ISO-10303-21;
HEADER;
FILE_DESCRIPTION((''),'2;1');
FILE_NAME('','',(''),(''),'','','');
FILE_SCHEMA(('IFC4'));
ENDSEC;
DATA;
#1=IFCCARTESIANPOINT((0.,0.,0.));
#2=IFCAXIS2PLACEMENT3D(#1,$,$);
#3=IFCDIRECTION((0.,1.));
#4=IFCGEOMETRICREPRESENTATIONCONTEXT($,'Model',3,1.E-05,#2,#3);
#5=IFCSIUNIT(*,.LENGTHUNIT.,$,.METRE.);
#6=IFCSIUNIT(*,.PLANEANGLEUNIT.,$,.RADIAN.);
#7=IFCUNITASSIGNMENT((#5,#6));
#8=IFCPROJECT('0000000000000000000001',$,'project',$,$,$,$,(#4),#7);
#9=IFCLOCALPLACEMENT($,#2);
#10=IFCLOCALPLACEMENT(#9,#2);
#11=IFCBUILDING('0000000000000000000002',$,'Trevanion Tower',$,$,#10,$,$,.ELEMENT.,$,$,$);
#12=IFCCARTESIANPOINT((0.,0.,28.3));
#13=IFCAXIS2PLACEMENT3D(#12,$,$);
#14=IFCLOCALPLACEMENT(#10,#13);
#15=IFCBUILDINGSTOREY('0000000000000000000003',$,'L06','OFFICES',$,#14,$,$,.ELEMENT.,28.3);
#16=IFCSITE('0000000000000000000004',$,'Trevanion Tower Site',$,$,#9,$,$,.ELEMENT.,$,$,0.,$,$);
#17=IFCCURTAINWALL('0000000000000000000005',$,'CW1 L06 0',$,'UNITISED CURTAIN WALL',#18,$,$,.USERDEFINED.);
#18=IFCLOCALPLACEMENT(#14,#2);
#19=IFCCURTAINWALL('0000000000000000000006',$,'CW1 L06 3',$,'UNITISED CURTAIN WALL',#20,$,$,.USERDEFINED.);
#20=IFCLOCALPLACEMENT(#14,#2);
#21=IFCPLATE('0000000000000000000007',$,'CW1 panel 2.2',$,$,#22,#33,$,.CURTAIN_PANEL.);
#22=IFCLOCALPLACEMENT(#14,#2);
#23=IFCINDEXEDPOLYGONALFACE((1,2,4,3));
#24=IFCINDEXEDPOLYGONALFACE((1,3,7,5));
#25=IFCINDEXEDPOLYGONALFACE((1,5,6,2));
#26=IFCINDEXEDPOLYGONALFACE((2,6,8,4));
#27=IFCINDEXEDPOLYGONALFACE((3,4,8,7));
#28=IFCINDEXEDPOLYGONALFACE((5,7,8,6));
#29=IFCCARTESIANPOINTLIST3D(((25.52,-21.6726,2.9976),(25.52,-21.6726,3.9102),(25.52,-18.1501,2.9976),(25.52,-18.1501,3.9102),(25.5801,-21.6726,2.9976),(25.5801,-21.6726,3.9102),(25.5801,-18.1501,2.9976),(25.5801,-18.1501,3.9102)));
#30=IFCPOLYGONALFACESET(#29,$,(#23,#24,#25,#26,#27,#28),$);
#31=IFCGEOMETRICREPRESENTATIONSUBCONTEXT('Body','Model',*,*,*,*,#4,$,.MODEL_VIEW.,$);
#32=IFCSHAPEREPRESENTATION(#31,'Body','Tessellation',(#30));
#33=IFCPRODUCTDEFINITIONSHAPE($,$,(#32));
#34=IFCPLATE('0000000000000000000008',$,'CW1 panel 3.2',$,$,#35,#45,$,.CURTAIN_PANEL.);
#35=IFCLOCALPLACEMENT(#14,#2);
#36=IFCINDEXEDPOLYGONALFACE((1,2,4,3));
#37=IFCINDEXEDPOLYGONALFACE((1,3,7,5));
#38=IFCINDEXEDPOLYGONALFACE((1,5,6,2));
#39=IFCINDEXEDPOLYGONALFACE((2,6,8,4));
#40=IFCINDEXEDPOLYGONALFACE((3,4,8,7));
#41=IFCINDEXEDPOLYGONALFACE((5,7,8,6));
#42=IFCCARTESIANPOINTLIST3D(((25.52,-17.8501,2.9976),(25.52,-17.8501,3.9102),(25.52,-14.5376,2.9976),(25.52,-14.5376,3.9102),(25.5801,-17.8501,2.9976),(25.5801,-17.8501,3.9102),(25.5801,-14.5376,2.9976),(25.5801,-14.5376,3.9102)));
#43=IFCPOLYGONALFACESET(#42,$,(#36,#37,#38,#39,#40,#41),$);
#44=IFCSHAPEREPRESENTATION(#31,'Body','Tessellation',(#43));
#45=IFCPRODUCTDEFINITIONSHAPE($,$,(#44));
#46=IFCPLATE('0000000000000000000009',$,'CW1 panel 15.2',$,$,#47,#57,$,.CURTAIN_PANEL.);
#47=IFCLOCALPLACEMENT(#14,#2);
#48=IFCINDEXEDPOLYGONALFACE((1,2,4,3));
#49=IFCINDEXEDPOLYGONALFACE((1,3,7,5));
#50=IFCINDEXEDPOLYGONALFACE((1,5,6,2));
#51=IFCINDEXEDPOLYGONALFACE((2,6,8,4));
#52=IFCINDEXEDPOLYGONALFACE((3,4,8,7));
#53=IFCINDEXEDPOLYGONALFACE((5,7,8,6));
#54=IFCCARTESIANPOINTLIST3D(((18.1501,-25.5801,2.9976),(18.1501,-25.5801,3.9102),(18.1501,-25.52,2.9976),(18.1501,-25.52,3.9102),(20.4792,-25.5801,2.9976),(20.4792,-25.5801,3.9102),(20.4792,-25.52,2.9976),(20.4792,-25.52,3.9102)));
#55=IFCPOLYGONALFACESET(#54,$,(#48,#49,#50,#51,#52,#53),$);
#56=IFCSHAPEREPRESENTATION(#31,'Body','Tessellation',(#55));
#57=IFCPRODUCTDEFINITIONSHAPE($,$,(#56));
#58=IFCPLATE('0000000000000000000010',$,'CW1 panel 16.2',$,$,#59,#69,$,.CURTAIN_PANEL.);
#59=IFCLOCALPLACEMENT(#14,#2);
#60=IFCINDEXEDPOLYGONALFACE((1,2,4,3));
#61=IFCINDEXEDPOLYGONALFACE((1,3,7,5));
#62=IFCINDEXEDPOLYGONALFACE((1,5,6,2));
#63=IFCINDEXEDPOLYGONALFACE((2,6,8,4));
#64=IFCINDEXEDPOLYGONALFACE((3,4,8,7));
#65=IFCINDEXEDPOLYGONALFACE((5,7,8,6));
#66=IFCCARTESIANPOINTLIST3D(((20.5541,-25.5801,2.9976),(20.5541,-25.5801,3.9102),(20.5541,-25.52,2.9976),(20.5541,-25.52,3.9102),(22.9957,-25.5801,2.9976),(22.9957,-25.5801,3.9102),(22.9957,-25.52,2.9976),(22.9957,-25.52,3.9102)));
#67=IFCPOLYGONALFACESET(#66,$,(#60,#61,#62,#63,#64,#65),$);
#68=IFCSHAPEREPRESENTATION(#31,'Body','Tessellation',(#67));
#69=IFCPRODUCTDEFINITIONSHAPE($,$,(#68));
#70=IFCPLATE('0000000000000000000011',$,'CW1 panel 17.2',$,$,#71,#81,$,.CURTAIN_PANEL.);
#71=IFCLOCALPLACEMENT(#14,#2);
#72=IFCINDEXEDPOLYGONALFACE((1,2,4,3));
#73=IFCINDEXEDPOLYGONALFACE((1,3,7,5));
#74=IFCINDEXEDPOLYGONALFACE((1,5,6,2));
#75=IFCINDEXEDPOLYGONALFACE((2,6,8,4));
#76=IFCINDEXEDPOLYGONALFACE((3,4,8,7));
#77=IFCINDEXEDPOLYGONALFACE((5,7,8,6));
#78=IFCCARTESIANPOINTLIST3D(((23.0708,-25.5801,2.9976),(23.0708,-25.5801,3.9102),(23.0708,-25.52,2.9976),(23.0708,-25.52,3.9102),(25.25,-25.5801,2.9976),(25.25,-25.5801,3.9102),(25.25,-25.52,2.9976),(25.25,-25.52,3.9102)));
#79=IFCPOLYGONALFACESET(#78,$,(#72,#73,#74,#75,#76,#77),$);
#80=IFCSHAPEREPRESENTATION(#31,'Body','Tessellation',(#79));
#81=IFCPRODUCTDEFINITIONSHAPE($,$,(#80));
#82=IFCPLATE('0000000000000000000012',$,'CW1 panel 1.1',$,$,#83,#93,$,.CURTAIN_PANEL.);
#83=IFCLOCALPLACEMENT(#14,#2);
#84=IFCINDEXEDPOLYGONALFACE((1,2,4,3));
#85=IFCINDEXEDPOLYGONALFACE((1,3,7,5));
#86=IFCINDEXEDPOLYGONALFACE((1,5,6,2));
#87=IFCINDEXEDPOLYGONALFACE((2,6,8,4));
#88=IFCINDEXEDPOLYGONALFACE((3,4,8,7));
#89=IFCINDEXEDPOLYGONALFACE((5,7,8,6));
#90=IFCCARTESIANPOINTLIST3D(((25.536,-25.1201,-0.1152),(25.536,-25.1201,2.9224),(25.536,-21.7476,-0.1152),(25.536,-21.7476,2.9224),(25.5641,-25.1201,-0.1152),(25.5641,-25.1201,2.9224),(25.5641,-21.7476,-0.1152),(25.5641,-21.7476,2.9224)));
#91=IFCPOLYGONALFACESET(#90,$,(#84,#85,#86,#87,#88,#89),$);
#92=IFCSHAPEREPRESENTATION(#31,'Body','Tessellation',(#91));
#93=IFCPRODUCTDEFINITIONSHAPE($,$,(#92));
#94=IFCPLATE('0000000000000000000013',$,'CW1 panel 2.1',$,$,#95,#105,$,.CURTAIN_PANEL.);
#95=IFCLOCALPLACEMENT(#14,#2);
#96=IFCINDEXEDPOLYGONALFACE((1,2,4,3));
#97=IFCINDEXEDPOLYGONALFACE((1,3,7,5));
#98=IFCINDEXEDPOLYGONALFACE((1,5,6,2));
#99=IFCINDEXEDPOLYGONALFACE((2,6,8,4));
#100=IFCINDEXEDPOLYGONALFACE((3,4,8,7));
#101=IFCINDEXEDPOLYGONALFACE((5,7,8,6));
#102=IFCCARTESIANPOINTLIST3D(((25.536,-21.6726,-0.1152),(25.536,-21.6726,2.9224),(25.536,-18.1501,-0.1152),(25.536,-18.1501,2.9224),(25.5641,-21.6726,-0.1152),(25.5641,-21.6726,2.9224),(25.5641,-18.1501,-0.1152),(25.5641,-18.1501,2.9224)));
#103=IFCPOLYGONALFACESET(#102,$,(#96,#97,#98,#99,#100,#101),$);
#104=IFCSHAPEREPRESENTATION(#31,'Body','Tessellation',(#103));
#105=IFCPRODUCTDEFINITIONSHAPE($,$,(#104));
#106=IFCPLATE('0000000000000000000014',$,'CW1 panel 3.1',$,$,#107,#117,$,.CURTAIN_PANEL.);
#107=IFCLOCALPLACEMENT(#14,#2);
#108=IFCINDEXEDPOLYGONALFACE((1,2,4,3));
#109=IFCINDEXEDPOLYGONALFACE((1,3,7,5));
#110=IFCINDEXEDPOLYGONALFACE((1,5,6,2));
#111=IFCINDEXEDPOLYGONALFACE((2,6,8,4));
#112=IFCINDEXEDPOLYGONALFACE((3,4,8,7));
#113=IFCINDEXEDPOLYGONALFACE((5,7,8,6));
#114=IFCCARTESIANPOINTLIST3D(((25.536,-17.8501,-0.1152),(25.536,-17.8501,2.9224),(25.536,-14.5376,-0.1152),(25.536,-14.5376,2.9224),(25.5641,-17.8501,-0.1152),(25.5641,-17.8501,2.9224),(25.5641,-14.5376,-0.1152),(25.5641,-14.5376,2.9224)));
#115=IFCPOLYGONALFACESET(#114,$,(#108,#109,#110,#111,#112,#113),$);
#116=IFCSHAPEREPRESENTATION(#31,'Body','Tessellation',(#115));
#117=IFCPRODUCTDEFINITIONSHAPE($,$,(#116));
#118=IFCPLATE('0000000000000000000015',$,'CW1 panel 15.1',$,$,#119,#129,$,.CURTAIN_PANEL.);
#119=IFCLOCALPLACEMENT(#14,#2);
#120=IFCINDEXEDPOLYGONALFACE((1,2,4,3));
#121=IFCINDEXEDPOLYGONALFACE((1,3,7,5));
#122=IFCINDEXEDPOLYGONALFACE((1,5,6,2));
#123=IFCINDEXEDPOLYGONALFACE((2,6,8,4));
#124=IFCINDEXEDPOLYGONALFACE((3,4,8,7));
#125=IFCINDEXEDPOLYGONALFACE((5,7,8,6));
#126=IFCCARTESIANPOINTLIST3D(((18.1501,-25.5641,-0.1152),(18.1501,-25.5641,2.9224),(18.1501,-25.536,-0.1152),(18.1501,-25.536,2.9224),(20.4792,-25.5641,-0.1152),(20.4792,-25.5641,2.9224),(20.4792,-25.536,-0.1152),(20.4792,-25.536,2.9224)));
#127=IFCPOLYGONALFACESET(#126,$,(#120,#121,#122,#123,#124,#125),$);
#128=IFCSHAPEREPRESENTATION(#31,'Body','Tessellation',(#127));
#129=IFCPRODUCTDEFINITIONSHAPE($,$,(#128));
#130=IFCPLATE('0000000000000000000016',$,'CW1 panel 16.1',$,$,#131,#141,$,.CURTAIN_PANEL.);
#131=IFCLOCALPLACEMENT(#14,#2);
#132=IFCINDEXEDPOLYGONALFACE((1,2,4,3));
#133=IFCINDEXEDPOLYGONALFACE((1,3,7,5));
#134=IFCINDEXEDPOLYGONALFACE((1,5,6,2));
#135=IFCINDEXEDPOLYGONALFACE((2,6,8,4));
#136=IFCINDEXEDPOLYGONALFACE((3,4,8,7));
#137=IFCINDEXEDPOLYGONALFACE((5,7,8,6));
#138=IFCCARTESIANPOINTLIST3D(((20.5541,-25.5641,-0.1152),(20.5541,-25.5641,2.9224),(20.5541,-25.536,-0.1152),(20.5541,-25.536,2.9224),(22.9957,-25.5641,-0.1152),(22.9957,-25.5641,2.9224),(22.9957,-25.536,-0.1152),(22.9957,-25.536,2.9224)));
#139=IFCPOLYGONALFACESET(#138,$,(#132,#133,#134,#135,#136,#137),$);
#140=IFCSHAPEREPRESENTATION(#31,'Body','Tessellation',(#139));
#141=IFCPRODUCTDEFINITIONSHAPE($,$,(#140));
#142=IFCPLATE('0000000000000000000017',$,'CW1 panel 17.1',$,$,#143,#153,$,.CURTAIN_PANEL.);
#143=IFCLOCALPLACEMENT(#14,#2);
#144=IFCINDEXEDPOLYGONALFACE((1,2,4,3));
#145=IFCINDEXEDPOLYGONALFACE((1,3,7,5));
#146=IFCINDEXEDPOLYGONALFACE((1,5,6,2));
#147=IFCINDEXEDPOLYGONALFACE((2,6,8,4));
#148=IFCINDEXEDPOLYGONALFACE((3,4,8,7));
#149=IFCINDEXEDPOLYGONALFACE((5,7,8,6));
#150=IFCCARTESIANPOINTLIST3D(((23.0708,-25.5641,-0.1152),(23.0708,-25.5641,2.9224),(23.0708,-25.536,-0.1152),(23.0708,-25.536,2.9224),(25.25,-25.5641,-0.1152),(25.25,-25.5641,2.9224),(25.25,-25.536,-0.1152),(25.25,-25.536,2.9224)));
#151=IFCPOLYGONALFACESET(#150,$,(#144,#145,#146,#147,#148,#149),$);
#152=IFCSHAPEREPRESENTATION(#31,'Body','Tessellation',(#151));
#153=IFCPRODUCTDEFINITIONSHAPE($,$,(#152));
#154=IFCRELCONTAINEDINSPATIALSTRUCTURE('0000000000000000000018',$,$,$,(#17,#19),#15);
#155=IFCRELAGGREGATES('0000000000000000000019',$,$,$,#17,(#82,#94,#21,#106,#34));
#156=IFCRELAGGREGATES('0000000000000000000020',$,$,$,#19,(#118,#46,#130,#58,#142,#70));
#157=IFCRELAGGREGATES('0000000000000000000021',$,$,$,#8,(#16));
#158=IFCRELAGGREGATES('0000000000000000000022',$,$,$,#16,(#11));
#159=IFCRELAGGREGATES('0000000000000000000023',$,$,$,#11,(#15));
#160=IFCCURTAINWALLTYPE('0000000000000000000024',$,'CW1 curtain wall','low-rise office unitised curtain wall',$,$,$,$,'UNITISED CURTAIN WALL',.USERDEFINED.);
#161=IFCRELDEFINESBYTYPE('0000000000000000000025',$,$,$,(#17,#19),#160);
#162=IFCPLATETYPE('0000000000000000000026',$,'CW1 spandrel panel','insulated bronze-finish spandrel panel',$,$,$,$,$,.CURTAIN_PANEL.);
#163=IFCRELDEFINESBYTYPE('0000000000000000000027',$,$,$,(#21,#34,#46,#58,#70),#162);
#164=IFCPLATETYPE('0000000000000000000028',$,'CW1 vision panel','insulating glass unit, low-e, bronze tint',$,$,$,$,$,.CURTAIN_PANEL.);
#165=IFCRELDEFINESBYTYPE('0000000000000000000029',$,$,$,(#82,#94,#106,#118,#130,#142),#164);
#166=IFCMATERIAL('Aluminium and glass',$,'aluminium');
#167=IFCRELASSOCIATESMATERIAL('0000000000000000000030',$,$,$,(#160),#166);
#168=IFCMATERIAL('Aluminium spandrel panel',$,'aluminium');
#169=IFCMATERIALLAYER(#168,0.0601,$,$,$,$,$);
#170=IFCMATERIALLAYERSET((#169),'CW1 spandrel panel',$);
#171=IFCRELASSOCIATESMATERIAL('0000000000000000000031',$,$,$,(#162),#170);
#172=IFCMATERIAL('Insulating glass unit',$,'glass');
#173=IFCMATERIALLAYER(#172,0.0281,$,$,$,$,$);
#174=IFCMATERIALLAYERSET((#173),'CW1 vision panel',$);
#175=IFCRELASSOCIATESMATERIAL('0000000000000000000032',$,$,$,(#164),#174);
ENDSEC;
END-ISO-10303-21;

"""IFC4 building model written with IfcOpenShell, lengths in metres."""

from ifc_helpers import new_model, si_unit, direction, frame, origin, origin_2d, place, context, subcontext, project, spatial, rectangle, extrude, material, layer, layer_set, type_object, element, aggregate, save


model = new_model("IFC4")

# Units and contexts
model_context = context("Model", 3, precision=1e-05, world=origin(), true_north=direction((0.0, 1.0)))
body_context = subcontext(model_context, "Body", "Model", "MODEL_VIEW")
ifc_project = project(units=[si_unit("LENGTHUNIT", "METRE"), si_unit("PLANEANGLEUNIT", "RADIAN")], contexts=[model_context])

# Site, building, storey
site_placement = place(None, origin())
site = spatial("IfcSite", under=ifc_project, at=site_placement, Name="Trevanion Tower Site", CompositionType="ELEMENT", RefElevation=0.0)
building_placement = place(site_placement, origin())
building = spatial("IfcBuilding", under=site, at=building_placement, Name="Trevanion Tower", CompositionType="ELEMENT")
storey_placement = place(building_placement, frame((0.0, 0.0, 28.3)))
storey = spatial("IfcBuildingStorey", under=building, at=storey_placement, Name="L06", Description="OFFICES", CompositionType="ELEMENT", Elevation=28.3)

# Curtain wall
ifc_material_1 = material(Name="Aluminium and glass", Category="aluminium")
curtain_wall_type = type_object("IfcCurtainWallType", Name="CW1 curtain wall", Description="low-rise office unitised curtain wall", ElementType="UNITISED CURTAIN WALL", PredefinedType="USERDEFINED", material=ifc_material_1)
curtain_wall_1_placement = place(storey_placement, origin())
curtain_wall_1 = element("IfcCurtainWall", 1, at=curtain_wall_1_placement, inside=storey, type_object=curtain_wall_type, Name="CW1 L06 0", ObjectType="UNITISED CURTAIN WALL", PredefinedType="USERDEFINED")

# Curtain wall
curtain_wall_2_placement = place(storey_placement, origin())
curtain_wall_2 = element("IfcCurtainWall", 2, at=curtain_wall_2_placement, inside=storey, type_object=curtain_wall_type, Name="CW1 L06 3", ObjectType="UNITISED CURTAIN WALL", PredefinedType="USERDEFINED")

# Plates
ifc_material_2 = material(Name="Aluminium spandrel panel", Category="aluminium")
ifc_layer_1 = layer(ifc_material_2, 0.0601)
ifc_layer_set_1 = layer_set([ifc_layer_1], Name="CW1 spandrel panel")
plate_type_1 = type_object("IfcPlateType", Name="CW1 spandrel panel", Description="insulated bronze-finish spandrel panel", PredefinedType="CURTAIN_PANEL", material=ifc_layer_set_1)
plate_1_placement = place(storey_placement, frame((25.55, -19.9114, 2.9976), z_axis=(0.0, 0.0, 1.0), x_axis=(0.0, 1.0, 0.0)))
plate_1 = element("IfcPlate", 3, at=plate_1_placement, type_object=plate_type_1, Name="CW1 panel 2.2", PredefinedType="CURTAIN_PANEL", context=body_context, shape_type="SweptSolid", body=[
    extrude(rectangle(XDim=3.5225, YDim=0.0601, at=origin_2d()), origin(), (0.0, 0.0, 1.0), 0.9126),
])
plate_2_placement = place(storey_placement, frame((25.55, -16.1938, 2.9976), z_axis=(0.0, 0.0, 1.0), x_axis=(0.0, 1.0, 0.0)))
plate_2 = element("IfcPlate", 4, at=plate_2_placement, type_object=plate_type_1, Name="CW1 panel 3.2", PredefinedType="CURTAIN_PANEL", context=body_context, shape_type="SweptSolid", body=[
    extrude(rectangle(XDim=3.3125, YDim=0.0601, at=origin_2d()), origin(), (0.0, 0.0, 1.0), 0.9126),
])
plate_3_placement = place(storey_placement, frame((19.3147, -25.55, 2.9976), z_axis=(0.0, 0.0, 1.0), x_axis=(1.0, 0.0, 0.0)))
plate_3 = element("IfcPlate", 5, at=plate_3_placement, type_object=plate_type_1, Name="CW1 panel 15.2", PredefinedType="CURTAIN_PANEL", context=body_context, shape_type="SweptSolid", body=[
    extrude(rectangle(XDim=2.3291, YDim=0.0601, at=origin_2d()), origin(), (0.0, 0.0, 1.0), 0.9126),
])
plate_4_placement = place(storey_placement, frame((21.7749, -25.55, 2.9976), z_axis=(0.0, 0.0, 1.0), x_axis=(1.0, 0.0, 0.0)))
plate_4 = element("IfcPlate", 6, at=plate_4_placement, type_object=plate_type_1, Name="CW1 panel 16.2", PredefinedType="CURTAIN_PANEL", context=body_context, shape_type="SweptSolid", body=[
    extrude(rectangle(XDim=2.4417, YDim=0.0601, at=origin_2d()), origin(), (0.0, 0.0, 1.0), 0.9126),
])
plate_5_placement = place(storey_placement, frame((24.1604, -25.55, 2.9976), z_axis=(0.0, 0.0, 1.0), x_axis=(1.0, 0.0, 0.0)))
plate_5 = element("IfcPlate", 7, at=plate_5_placement, type_object=plate_type_1, Name="CW1 panel 17.2", PredefinedType="CURTAIN_PANEL", context=body_context, shape_type="SweptSolid", body=[
    extrude(rectangle(XDim=2.1792, YDim=0.0601, at=origin_2d()), origin(), (0.0, 0.0, 1.0), 0.9126),
])
ifc_material_3 = material(Name="Insulating glass unit", Category="glass")
ifc_layer_2 = layer(ifc_material_3, 0.0281)
ifc_layer_set_2 = layer_set([ifc_layer_2], Name="CW1 vision panel")
plate_type_2 = type_object("IfcPlateType", Name="CW1 vision panel", Description="insulating glass unit, low-e, bronze tint", PredefinedType="CURTAIN_PANEL", material=ifc_layer_set_2)
plate_6_placement = place(storey_placement, frame((25.55, -23.4338, -0.1152), z_axis=(0.0, 0.0, 1.0), x_axis=(0.0, 1.0, 0.0)))
plate_6 = element("IfcPlate", 8, at=plate_6_placement, type_object=plate_type_2, Name="CW1 panel 1.1", PredefinedType="CURTAIN_PANEL", context=body_context, shape_type="SweptSolid", body=[
    extrude(rectangle(XDim=3.3726, YDim=0.0281, at=origin_2d()), origin(), (0.0, 0.0, 1.0), 3.0376),
])
plate_7_placement = place(storey_placement, frame((25.55, -19.9114, -0.1152), z_axis=(0.0, 0.0, 1.0), x_axis=(0.0, 1.0, 0.0)))
plate_7 = element("IfcPlate", 9, at=plate_7_placement, type_object=plate_type_2, Name="CW1 panel 2.1", PredefinedType="CURTAIN_PANEL", context=body_context, shape_type="SweptSolid", body=[
    extrude(rectangle(XDim=3.5225, YDim=0.0281, at=origin_2d()), origin(), (0.0, 0.0, 1.0), 3.0376),
])
plate_8_placement = place(storey_placement, frame((25.55, -16.1938, -0.1152), z_axis=(0.0, 0.0, 1.0), x_axis=(0.0, 1.0, 0.0)))
plate_8 = element("IfcPlate", 10, at=plate_8_placement, type_object=plate_type_2, Name="CW1 panel 3.1", PredefinedType="CURTAIN_PANEL", context=body_context, shape_type="SweptSolid", body=[
    extrude(rectangle(XDim=3.3125, YDim=0.0281, at=origin_2d()), origin(), (0.0, 0.0, 1.0), 3.0376),
])
aggregate(curtain_wall_1, [plate_6, plate_7, plate_1, plate_8, plate_2])
plate_9_placement = place(storey_placement, frame((19.3147, -25.55, -0.1152), z_axis=(0.0, 0.0, 1.0), x_axis=(1.0, 0.0, 0.0)))
plate_9 = element("IfcPlate", 11, at=plate_9_placement, type_object=plate_type_2, Name="CW1 panel 15.1", PredefinedType="CURTAIN_PANEL", context=body_context, shape_type="SweptSolid", body=[
    extrude(rectangle(XDim=2.3291, YDim=0.0281, at=origin_2d()), origin(), (0.0, 0.0, 1.0), 3.0376),
])
plate_10_placement = place(storey_placement, frame((21.7749, -25.55, -0.1152), z_axis=(0.0, 0.0, 1.0), x_axis=(1.0, 0.0, 0.0)))
plate_10 = element("IfcPlate", 12, at=plate_10_placement, type_object=plate_type_2, Name="CW1 panel 16.1", PredefinedType="CURTAIN_PANEL", context=body_context, shape_type="SweptSolid", body=[
    extrude(rectangle(XDim=2.4417, YDim=0.0281, at=origin_2d()), origin(), (0.0, 0.0, 1.0), 3.0376),
])
plate_11_placement = place(storey_placement, frame((24.1604, -25.55, -0.1152), z_axis=(0.0, 0.0, 1.0), x_axis=(1.0, 0.0, 0.0)))
plate_11 = element("IfcPlate", 13, at=plate_11_placement, type_object=plate_type_2, Name="CW1 panel 17.1", PredefinedType="CURTAIN_PANEL", context=body_context, shape_type="SweptSolid", body=[
    extrude(rectangle(XDim=2.1792, YDim=0.0281, at=origin_2d()), origin(), (0.0, 0.0, 1.0), 3.0376),
])
aggregate(curtain_wall_2, [plate_9, plate_3, plate_10, plate_4, plate_11, plate_5])

save(model, "model.ifc")
